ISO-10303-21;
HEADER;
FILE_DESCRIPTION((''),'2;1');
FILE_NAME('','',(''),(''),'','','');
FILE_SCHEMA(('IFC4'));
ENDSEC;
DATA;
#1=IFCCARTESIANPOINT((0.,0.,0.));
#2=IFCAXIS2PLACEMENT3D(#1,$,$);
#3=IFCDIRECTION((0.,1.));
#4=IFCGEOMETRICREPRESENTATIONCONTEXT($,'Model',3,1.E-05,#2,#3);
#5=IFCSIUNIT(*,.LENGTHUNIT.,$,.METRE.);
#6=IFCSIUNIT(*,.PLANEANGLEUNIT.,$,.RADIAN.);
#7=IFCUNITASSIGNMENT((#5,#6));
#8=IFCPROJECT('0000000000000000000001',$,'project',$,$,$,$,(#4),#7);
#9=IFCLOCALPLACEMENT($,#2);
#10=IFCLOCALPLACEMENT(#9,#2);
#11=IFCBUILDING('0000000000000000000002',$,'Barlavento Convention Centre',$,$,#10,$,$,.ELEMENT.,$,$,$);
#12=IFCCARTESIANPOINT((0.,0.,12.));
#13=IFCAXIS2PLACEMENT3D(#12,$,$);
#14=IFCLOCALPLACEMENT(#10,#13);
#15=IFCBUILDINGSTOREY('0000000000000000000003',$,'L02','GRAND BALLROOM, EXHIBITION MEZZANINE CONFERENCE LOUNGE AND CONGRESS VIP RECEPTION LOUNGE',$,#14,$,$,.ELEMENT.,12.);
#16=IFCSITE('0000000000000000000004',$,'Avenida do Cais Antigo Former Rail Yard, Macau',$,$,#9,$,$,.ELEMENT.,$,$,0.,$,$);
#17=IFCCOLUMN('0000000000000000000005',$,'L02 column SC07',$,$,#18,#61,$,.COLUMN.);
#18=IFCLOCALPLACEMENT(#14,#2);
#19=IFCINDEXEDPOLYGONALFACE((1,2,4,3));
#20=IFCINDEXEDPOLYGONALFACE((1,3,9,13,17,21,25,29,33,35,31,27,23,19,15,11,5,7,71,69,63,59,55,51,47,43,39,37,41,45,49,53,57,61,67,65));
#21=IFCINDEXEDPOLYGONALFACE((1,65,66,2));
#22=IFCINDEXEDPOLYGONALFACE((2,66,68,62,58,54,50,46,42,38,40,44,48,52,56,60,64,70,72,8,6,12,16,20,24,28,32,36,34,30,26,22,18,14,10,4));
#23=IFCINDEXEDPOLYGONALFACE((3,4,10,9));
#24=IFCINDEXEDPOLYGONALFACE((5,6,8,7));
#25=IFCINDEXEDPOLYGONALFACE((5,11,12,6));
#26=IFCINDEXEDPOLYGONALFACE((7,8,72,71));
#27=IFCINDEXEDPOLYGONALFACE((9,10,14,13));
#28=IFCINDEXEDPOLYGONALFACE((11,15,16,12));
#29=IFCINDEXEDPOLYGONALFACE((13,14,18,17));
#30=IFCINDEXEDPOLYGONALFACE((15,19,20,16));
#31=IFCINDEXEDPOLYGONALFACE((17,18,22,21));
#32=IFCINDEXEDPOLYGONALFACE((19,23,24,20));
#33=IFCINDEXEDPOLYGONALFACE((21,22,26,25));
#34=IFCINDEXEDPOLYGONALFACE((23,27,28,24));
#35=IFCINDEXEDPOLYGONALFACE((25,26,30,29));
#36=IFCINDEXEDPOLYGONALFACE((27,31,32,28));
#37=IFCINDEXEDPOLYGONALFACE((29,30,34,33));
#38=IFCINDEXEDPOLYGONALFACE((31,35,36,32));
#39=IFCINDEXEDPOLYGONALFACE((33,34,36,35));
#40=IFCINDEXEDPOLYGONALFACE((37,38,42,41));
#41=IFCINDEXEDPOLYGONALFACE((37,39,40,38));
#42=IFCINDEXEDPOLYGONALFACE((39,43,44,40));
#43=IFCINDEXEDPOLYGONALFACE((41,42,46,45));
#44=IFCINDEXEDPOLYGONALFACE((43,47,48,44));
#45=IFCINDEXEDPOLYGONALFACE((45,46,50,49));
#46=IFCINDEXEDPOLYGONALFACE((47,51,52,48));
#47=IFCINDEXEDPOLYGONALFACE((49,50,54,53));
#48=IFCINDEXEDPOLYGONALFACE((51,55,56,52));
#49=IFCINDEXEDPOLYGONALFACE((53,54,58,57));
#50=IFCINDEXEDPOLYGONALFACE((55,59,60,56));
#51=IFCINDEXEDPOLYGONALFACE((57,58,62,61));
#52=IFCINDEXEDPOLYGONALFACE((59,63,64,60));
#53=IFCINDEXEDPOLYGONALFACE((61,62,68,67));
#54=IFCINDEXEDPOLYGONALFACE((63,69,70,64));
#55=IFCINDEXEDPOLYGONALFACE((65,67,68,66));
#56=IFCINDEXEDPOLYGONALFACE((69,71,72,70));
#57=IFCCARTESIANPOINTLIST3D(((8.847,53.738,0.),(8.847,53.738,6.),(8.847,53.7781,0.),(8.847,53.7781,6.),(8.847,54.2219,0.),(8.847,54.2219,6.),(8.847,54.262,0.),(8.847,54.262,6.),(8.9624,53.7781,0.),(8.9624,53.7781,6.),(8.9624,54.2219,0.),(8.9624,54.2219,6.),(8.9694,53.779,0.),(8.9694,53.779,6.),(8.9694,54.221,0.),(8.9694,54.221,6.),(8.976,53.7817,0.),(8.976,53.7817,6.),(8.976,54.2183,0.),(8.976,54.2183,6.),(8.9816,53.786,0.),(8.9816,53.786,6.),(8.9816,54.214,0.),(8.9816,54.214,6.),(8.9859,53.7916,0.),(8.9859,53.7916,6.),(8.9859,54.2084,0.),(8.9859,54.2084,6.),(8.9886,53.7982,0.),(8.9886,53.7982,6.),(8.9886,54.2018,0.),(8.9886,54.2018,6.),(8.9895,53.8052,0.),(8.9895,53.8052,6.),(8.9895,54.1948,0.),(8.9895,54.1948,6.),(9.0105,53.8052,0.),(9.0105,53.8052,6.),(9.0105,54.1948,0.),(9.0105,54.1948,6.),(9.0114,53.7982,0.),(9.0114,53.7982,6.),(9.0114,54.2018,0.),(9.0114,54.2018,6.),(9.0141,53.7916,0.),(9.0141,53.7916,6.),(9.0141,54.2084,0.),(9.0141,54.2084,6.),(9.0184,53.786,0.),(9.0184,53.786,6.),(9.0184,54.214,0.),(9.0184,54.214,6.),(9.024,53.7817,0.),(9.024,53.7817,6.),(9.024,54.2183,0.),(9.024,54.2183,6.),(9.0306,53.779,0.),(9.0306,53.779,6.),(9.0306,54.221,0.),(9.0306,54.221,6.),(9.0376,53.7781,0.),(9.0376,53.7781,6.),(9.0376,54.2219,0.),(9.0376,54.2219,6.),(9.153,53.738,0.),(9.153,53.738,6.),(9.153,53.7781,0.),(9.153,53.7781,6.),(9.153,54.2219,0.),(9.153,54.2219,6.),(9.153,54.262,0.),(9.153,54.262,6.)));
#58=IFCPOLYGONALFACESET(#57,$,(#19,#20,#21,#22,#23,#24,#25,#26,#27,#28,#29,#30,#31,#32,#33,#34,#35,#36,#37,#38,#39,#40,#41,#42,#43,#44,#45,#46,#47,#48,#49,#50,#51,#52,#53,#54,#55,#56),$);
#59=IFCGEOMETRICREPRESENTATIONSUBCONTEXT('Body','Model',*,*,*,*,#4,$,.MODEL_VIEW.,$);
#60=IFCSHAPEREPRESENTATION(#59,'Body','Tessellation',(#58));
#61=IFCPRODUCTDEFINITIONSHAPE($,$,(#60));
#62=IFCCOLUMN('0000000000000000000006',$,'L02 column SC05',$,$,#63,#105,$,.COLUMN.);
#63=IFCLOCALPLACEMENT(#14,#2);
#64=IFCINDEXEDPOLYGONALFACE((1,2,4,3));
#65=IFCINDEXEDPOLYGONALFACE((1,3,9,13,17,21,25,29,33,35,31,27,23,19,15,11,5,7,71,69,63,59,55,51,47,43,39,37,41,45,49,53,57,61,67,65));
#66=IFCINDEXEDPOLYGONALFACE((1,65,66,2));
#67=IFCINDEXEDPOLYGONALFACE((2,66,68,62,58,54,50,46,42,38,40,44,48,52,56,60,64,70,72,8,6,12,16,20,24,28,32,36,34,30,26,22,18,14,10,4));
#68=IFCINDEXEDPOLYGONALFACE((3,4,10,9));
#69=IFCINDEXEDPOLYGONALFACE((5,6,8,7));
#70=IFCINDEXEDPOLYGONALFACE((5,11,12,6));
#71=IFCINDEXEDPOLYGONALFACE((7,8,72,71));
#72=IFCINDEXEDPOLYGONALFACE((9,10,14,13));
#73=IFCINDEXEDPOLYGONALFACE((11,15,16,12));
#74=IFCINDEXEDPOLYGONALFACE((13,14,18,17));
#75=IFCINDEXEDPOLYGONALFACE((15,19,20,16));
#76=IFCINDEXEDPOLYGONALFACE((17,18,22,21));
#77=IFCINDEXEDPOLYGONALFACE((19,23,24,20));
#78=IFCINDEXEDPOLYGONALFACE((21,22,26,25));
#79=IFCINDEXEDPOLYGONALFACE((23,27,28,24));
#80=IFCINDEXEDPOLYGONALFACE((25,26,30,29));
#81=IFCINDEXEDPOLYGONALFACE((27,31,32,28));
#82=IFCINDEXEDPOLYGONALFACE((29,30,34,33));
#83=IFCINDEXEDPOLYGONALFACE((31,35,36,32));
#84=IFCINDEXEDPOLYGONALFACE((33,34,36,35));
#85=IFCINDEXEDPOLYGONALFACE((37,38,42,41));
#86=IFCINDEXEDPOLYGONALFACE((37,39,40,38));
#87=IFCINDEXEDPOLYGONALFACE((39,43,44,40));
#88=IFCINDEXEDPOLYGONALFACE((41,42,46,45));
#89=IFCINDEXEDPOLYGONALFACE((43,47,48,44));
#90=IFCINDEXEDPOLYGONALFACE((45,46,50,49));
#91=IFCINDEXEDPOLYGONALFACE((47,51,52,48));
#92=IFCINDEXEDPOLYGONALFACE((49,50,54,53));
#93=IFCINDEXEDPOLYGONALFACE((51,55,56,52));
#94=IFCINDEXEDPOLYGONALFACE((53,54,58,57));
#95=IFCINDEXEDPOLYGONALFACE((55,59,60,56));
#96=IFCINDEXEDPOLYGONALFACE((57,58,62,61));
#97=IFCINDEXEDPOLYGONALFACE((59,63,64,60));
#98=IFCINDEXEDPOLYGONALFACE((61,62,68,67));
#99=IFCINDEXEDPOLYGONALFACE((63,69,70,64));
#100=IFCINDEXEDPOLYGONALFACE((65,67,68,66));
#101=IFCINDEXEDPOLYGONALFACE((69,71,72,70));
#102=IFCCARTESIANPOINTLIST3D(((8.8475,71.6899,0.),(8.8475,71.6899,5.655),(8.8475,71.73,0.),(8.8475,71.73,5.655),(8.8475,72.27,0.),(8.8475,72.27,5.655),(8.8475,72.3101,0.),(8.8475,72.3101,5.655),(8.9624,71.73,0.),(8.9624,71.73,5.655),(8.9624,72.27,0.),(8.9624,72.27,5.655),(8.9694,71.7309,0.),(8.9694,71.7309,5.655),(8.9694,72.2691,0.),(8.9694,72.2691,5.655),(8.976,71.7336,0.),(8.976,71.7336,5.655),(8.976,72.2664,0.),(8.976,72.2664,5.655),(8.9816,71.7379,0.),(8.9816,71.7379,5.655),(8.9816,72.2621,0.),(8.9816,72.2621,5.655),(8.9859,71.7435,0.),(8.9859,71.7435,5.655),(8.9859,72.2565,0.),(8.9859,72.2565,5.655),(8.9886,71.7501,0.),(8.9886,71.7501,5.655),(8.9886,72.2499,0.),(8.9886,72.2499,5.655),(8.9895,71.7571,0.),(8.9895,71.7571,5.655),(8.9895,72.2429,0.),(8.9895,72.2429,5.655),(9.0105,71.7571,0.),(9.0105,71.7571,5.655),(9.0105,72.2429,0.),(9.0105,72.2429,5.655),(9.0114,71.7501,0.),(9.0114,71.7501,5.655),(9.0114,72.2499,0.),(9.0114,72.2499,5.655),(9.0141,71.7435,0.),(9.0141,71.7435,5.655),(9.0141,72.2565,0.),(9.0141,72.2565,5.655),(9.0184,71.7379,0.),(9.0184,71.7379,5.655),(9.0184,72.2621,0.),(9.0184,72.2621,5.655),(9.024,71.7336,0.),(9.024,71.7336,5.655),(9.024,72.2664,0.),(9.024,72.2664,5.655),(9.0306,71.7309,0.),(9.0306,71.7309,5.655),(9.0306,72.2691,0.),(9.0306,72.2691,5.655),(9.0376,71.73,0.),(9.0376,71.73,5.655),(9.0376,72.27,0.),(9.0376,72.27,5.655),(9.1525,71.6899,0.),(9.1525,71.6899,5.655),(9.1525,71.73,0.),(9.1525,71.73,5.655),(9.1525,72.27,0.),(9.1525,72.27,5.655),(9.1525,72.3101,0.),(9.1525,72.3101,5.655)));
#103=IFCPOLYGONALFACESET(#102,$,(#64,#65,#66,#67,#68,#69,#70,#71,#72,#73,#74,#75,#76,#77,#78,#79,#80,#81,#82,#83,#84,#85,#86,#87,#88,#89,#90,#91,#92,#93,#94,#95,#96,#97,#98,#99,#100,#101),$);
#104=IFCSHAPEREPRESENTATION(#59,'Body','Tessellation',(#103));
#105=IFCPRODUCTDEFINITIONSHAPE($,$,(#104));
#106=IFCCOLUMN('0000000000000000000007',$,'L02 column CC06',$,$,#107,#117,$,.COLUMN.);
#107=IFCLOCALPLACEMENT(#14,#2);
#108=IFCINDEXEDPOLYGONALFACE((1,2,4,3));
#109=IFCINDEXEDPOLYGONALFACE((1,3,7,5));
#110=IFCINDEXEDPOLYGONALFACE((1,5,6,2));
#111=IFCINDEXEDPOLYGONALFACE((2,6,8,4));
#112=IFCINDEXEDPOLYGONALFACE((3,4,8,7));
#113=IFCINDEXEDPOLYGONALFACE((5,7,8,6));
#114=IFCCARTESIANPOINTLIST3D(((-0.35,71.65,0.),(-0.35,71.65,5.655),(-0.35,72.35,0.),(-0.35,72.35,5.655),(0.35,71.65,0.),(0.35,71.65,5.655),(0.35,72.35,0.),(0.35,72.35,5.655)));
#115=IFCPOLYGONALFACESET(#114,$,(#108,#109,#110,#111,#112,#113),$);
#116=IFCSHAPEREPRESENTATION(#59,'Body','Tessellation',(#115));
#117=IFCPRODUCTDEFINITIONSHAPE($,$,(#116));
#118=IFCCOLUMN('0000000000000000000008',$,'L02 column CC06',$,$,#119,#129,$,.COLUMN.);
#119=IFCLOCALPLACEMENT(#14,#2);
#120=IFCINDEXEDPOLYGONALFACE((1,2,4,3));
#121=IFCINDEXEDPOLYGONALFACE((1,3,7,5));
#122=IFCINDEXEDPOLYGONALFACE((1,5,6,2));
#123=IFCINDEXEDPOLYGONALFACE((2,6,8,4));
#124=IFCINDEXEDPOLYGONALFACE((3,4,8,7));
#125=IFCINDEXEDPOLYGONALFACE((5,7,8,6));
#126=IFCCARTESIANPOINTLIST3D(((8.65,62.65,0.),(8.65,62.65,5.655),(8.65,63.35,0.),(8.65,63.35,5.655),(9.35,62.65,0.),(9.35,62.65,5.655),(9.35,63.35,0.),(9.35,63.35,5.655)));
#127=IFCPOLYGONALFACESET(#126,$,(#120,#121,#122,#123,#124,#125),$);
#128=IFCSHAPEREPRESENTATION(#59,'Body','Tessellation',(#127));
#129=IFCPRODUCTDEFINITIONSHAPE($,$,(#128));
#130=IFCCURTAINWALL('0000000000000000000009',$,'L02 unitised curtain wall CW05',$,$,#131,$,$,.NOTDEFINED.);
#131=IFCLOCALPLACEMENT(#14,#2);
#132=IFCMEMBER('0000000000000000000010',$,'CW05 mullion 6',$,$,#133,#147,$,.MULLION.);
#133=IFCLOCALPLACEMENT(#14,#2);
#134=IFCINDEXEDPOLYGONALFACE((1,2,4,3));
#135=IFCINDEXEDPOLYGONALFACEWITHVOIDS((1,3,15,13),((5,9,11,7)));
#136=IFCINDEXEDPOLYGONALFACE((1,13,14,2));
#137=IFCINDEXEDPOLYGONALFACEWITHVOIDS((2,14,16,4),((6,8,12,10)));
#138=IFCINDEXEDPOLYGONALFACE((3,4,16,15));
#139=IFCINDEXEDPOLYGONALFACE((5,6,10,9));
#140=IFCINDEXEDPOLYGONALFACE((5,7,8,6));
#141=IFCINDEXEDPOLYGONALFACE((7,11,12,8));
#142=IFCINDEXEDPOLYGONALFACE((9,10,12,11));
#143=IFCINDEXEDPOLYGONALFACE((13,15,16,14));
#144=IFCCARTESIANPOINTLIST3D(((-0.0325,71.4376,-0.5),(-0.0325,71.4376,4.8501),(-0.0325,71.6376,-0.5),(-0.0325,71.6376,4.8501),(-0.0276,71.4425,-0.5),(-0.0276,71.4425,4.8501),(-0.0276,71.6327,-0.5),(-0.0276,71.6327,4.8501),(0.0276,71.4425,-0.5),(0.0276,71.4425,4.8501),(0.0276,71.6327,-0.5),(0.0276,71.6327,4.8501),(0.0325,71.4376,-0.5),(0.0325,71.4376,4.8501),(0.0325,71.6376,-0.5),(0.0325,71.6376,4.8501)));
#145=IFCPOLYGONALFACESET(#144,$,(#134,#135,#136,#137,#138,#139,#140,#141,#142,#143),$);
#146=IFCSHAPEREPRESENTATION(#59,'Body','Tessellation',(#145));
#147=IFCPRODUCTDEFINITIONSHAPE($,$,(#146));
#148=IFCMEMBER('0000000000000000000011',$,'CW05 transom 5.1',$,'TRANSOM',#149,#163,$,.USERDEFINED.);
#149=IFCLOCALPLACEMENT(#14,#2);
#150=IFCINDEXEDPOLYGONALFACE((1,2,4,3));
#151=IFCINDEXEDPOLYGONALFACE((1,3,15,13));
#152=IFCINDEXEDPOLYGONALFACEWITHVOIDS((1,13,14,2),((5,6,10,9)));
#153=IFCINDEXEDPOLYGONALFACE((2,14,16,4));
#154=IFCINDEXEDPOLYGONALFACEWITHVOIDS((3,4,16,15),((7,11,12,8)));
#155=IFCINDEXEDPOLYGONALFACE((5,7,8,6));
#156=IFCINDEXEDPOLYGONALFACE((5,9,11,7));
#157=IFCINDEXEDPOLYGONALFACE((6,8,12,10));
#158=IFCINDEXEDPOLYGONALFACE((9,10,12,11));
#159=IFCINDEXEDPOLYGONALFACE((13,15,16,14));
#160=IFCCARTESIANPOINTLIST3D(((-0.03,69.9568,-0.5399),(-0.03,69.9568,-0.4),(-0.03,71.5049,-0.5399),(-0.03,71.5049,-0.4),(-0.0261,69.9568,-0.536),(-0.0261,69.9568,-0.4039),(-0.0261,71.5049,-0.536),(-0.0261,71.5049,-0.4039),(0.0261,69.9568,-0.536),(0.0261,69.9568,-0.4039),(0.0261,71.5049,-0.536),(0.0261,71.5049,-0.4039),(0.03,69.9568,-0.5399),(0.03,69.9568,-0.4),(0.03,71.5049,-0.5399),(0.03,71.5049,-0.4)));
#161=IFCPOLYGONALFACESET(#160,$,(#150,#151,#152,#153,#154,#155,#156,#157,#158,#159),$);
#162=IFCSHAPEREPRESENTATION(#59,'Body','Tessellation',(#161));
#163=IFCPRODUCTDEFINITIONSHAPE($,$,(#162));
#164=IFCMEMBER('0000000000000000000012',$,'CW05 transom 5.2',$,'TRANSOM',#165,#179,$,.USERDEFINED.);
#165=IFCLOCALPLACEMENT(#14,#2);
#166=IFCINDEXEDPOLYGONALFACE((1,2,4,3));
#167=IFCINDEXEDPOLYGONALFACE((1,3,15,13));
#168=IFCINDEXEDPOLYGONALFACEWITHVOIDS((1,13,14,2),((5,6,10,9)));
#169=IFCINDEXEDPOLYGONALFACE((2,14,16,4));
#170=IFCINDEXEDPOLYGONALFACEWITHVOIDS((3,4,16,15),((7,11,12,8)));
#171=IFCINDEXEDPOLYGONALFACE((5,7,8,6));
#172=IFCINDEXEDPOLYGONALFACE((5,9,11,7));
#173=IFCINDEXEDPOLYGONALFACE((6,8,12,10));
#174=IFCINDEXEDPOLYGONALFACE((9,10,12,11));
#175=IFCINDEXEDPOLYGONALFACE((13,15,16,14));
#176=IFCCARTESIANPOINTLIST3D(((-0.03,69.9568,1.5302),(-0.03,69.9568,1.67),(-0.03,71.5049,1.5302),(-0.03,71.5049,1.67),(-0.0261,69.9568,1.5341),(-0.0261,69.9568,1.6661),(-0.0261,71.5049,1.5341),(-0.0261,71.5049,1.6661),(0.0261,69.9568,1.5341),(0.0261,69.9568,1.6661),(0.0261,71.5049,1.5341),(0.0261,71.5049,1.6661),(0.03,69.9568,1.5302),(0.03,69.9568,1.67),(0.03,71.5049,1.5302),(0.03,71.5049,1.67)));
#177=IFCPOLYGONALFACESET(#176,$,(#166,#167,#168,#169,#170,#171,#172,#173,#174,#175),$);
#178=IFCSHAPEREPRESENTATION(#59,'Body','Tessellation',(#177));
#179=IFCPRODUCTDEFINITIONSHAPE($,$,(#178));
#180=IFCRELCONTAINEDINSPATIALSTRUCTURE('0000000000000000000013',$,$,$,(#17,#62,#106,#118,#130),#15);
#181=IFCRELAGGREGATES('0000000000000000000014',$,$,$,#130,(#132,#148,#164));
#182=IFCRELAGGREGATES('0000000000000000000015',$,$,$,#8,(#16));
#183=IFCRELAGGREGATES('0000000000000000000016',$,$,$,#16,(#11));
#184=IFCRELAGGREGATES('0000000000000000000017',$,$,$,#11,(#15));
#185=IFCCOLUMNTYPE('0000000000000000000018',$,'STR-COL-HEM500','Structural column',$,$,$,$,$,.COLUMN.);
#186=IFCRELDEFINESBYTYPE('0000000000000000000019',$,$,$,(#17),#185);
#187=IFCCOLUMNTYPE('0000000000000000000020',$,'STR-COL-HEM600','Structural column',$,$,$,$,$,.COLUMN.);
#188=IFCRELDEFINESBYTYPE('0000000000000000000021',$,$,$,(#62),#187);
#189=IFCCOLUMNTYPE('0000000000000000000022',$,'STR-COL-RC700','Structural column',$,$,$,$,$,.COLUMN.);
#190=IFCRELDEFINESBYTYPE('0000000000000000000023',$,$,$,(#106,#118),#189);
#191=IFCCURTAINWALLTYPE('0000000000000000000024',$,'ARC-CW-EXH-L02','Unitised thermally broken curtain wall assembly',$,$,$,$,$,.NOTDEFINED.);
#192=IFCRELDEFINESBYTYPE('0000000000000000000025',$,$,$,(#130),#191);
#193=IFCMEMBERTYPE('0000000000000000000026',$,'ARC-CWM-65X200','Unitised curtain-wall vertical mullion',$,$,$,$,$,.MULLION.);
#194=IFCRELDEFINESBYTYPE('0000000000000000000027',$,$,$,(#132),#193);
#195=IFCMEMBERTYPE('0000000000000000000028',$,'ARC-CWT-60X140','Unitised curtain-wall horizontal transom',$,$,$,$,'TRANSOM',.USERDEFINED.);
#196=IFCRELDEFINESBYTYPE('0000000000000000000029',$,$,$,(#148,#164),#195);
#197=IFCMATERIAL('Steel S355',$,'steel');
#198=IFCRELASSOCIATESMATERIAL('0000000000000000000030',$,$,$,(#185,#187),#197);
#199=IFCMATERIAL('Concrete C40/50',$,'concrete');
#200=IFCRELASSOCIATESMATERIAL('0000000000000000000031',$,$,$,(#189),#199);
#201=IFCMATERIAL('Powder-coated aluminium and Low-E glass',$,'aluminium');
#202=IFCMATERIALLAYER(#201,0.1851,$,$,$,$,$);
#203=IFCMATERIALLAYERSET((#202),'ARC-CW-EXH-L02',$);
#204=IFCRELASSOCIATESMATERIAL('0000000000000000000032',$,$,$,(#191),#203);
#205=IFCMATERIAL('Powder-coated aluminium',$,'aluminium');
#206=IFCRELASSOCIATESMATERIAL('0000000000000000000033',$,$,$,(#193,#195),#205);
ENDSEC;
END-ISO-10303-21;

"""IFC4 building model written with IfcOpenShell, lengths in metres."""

from ifc_helpers import new_model, si_unit, direction, frame, origin, origin_2d, place, context, subcontext, project, spatial, rectangle, hollow_rectangle, i_section, extrude, material, layer, layer_set, material_profile, profile_set, type_object, element, aggregate, save


model = new_model("IFC4")

# Units and contexts
model_context = context("Model", 3, precision=1e-05, world=origin(), true_north=direction((0.0, 1.0)))
body_context = subcontext(model_context, "Body", "Model", "MODEL_VIEW")
ifc_project = project(units=[si_unit("LENGTHUNIT", "METRE"), si_unit("PLANEANGLEUNIT", "RADIAN")], contexts=[model_context])

# Site, building, storey
site_placement = place(None, origin())
site = spatial("IfcSite", under=ifc_project, at=site_placement, Name="Avenida do Cais Antigo Former Rail Yard, Macau", CompositionType="ELEMENT", RefElevation=0.0)
building_placement = place(site_placement, origin())
building = spatial("IfcBuilding", under=site, at=building_placement, Name="Barlavento Convention Centre", CompositionType="ELEMENT")
storey_placement = place(building_placement, frame((0.0, 0.0, 12.0)))
storey = spatial("IfcBuildingStorey", under=building, at=storey_placement, Name="L02", Description="GRAND BALLROOM, EXHIBITION MEZZANINE CONFERENCE LOUNGE AND CONGRESS VIP RECEPTION LOUNGE", CompositionType="ELEMENT", Elevation=12.0)

# Columns
ifc_material_1 = material(Name="Steel S355", Category="steel")
ifc_material_profile_1 = material_profile(ifc_material_1, i_section(OverallWidth=0.3059, OverallDepth=0.5239, WebThickness=0.021, FlangeThickness=0.04, FilletRadius=0.0271, at=origin_2d()), Name="HEM 500")
ifc_profile_set_1 = profile_set([ifc_material_profile_1], Name="Steel S355")
column_type_1 = type_object("IfcColumnType", Name="STR-COL-HEM500", Description="Structural column", PredefinedType="COLUMN", material=ifc_profile_set_1)
column_1_placement = place(storey_placement, frame((9.0, 54.0, 0.0), z_axis=(0.0, 0.0, 1.0), x_axis=(1.0, 0.0, 0.0)))
element("IfcColumn", 1, at=column_1_placement, inside=storey, type_object=column_type_1, Name="L02 column SC07", PredefinedType="COLUMN", context=body_context, shape_type="SweptSolid", body=[
    extrude(i_section(OverallWidth=0.3059, OverallDepth=0.5239, WebThickness=0.021, FlangeThickness=0.04, FilletRadius=0.0271, at=origin_2d()), origin(), (0.0, 0.0, 1.0), 6.0),
])
ifc_material_profile_2 = material_profile(ifc_material_1, i_section(OverallWidth=0.3049, OverallDepth=0.6201, WebThickness=0.021, FlangeThickness=0.04, FilletRadius=0.0271, at=origin_2d()), Name="HEM 600")
ifc_profile_set_2 = profile_set([ifc_material_profile_2], Name="Steel S355")
column_type_2 = type_object("IfcColumnType", Name="STR-COL-HEM600", Description="Structural column", PredefinedType="COLUMN", material=ifc_profile_set_2)
column_2_placement = place(storey_placement, frame((9.0, 72.0, 0.0), z_axis=(0.0, 0.0, 1.0), x_axis=(1.0, 0.0, 0.0)))
element("IfcColumn", 2, at=column_2_placement, inside=storey, type_object=column_type_2, Name="L02 column SC05", PredefinedType="COLUMN", context=body_context, shape_type="SweptSolid", body=[
    extrude(i_section(OverallWidth=0.3049, OverallDepth=0.6201, WebThickness=0.021, FlangeThickness=0.04, FilletRadius=0.0271, at=origin_2d()), origin(), (0.0, 0.0, 1.0), 5.655),
])
ifc_material_2 = material(Name="Concrete C40/50", Category="concrete")
ifc_material_profile_3 = material_profile(ifc_material_2, rectangle(XDim=0.7, YDim=0.7, at=origin_2d()), Name="RC 700x700")
ifc_profile_set_3 = profile_set([ifc_material_profile_3], Name="Concrete C40/50")
column_type_3 = type_object("IfcColumnType", Name="STR-COL-RC700", Description="Structural column", PredefinedType="COLUMN", material=ifc_profile_set_3)
for number, where, z_axis, x_axis, name in (
    (3, (0.0, 72.0, 0.0), (0.0, 0.0, 1.0), (1.0, 0.0, 0.0), "L02 column CC06"),
    (4, (9.0, 63.0, 0.0), (0.0, 0.0, 1.0), (1.0, 0.0, 0.0), "L02 column CC06"),
):
    element("IfcColumn", number, at=place(storey_placement, frame(where, z_axis=z_axis, x_axis=x_axis)), inside=storey, type_object=column_type_3, Name=name, PredefinedType="COLUMN", context=body_context, shape_type="SweptSolid", body=[
        extrude(rectangle(XDim=0.7, YDim=0.7, at=origin_2d()), origin(), (0.0, 0.0, 1.0), 5.655),
    ])

# Curtain wall, members
ifc_material_3 = material(Name="Powder-coated aluminium and Low-E glass", Category="aluminium")
ifc_layer_1 = layer(ifc_material_3, 0.1851)
ifc_layer_set_1 = layer_set([ifc_layer_1], Name="ARC-CW-EXH-L02")
curtain_wall_type = type_object("IfcCurtainWallType", Name="ARC-CW-EXH-L02", Description="Unitised thermally broken curtain wall assembly", PredefinedType="NOTDEFINED", material=ifc_layer_set_1)
curtain_wall_placement = place(storey_placement, origin())
curtain_wall = element("IfcCurtainWall", 5, at=curtain_wall_placement, inside=storey, type_object=curtain_wall_type, Name="L02 unitised curtain wall CW05", PredefinedType="NOTDEFINED")
ifc_material_4 = material(Name="Powder-coated aluminium", Category="aluminium")
ifc_material_profile_4 = material_profile(ifc_material_4, hollow_rectangle(XDim=0.0649, YDim=0.2, WallThickness=0.0049, at=origin_2d()), Name="AL-MULL 65x200x5")
ifc_profile_set_4 = profile_set([ifc_material_profile_4], Name="Powder-coated aluminium")
member_type_1 = type_object("IfcMemberType", Name="ARC-CWM-65X200", Description="Unitised curtain-wall vertical mullion", PredefinedType="MULLION", material=ifc_profile_set_4)
member_1_placement = place(storey_placement, frame((0.0, 71.5376, -0.5), z_axis=(0.0, 0.0, 1.0), x_axis=(-1.0, 0.0, 0.0)))
member_1 = element("IfcMember", 6, at=member_1_placement, type_object=member_type_1, Name="CW05 mullion 6", PredefinedType="MULLION", context=body_context, shape_type="SweptSolid", body=[
    extrude(hollow_rectangle(XDim=0.0649, YDim=0.2, WallThickness=0.0049, at=origin_2d()), origin(), (0.0, 0.0, 1.0), 5.3501),
])
ifc_material_profile_5 = material_profile(ifc_material_4, hollow_rectangle(XDim=0.0601, YDim=0.1399, WallThickness=0.0039, at=origin_2d()), Name="AL-TRAN 60x140x4")
ifc_profile_set_5 = profile_set([ifc_material_profile_5], Name="Powder-coated aluminium")
member_type_2 = type_object("IfcMemberType", Name="ARC-CWT-60X140", Description="Unitised curtain-wall horizontal transom", ElementType="TRANSOM", PredefinedType="USERDEFINED", material=ifc_profile_set_5)
member_2_placement = place(storey_placement, frame((0.0, 69.9568, -0.47), z_axis=(0.0, 1.0, 0.0), x_axis=(-1.0, 0.0, 0.0)))
member_2 = element("IfcMember", 7, at=member_2_placement, type_object=member_type_2, Name="CW05 transom 5.1", ObjectType="TRANSOM", PredefinedType="USERDEFINED", context=body_context, shape_type="SweptSolid", body=[
    extrude(hollow_rectangle(XDim=0.0601, YDim=0.1399, WallThickness=0.0039, at=origin_2d()), origin(), (0.0, 0.0, 1.0), 1.5481),
])
member_3_placement = place(storey_placement, frame((0.0, 69.9568, 1.6001), z_axis=(0.0, 1.0, 0.0), x_axis=(-1.0, 0.0, 0.0)))
member_3 = element("IfcMember", 8, at=member_3_placement, type_object=member_type_2, Name="CW05 transom 5.2", ObjectType="TRANSOM", PredefinedType="USERDEFINED", context=body_context, shape_type="SweptSolid", body=[
    extrude(hollow_rectangle(XDim=0.0601, YDim=0.1399, WallThickness=0.0039, at=origin_2d()), origin(), (0.0, 0.0, 1.0), 1.5481),
])

aggregate(curtain_wall, [member_1, member_2, member_3])

save(model, "model.ifc")
